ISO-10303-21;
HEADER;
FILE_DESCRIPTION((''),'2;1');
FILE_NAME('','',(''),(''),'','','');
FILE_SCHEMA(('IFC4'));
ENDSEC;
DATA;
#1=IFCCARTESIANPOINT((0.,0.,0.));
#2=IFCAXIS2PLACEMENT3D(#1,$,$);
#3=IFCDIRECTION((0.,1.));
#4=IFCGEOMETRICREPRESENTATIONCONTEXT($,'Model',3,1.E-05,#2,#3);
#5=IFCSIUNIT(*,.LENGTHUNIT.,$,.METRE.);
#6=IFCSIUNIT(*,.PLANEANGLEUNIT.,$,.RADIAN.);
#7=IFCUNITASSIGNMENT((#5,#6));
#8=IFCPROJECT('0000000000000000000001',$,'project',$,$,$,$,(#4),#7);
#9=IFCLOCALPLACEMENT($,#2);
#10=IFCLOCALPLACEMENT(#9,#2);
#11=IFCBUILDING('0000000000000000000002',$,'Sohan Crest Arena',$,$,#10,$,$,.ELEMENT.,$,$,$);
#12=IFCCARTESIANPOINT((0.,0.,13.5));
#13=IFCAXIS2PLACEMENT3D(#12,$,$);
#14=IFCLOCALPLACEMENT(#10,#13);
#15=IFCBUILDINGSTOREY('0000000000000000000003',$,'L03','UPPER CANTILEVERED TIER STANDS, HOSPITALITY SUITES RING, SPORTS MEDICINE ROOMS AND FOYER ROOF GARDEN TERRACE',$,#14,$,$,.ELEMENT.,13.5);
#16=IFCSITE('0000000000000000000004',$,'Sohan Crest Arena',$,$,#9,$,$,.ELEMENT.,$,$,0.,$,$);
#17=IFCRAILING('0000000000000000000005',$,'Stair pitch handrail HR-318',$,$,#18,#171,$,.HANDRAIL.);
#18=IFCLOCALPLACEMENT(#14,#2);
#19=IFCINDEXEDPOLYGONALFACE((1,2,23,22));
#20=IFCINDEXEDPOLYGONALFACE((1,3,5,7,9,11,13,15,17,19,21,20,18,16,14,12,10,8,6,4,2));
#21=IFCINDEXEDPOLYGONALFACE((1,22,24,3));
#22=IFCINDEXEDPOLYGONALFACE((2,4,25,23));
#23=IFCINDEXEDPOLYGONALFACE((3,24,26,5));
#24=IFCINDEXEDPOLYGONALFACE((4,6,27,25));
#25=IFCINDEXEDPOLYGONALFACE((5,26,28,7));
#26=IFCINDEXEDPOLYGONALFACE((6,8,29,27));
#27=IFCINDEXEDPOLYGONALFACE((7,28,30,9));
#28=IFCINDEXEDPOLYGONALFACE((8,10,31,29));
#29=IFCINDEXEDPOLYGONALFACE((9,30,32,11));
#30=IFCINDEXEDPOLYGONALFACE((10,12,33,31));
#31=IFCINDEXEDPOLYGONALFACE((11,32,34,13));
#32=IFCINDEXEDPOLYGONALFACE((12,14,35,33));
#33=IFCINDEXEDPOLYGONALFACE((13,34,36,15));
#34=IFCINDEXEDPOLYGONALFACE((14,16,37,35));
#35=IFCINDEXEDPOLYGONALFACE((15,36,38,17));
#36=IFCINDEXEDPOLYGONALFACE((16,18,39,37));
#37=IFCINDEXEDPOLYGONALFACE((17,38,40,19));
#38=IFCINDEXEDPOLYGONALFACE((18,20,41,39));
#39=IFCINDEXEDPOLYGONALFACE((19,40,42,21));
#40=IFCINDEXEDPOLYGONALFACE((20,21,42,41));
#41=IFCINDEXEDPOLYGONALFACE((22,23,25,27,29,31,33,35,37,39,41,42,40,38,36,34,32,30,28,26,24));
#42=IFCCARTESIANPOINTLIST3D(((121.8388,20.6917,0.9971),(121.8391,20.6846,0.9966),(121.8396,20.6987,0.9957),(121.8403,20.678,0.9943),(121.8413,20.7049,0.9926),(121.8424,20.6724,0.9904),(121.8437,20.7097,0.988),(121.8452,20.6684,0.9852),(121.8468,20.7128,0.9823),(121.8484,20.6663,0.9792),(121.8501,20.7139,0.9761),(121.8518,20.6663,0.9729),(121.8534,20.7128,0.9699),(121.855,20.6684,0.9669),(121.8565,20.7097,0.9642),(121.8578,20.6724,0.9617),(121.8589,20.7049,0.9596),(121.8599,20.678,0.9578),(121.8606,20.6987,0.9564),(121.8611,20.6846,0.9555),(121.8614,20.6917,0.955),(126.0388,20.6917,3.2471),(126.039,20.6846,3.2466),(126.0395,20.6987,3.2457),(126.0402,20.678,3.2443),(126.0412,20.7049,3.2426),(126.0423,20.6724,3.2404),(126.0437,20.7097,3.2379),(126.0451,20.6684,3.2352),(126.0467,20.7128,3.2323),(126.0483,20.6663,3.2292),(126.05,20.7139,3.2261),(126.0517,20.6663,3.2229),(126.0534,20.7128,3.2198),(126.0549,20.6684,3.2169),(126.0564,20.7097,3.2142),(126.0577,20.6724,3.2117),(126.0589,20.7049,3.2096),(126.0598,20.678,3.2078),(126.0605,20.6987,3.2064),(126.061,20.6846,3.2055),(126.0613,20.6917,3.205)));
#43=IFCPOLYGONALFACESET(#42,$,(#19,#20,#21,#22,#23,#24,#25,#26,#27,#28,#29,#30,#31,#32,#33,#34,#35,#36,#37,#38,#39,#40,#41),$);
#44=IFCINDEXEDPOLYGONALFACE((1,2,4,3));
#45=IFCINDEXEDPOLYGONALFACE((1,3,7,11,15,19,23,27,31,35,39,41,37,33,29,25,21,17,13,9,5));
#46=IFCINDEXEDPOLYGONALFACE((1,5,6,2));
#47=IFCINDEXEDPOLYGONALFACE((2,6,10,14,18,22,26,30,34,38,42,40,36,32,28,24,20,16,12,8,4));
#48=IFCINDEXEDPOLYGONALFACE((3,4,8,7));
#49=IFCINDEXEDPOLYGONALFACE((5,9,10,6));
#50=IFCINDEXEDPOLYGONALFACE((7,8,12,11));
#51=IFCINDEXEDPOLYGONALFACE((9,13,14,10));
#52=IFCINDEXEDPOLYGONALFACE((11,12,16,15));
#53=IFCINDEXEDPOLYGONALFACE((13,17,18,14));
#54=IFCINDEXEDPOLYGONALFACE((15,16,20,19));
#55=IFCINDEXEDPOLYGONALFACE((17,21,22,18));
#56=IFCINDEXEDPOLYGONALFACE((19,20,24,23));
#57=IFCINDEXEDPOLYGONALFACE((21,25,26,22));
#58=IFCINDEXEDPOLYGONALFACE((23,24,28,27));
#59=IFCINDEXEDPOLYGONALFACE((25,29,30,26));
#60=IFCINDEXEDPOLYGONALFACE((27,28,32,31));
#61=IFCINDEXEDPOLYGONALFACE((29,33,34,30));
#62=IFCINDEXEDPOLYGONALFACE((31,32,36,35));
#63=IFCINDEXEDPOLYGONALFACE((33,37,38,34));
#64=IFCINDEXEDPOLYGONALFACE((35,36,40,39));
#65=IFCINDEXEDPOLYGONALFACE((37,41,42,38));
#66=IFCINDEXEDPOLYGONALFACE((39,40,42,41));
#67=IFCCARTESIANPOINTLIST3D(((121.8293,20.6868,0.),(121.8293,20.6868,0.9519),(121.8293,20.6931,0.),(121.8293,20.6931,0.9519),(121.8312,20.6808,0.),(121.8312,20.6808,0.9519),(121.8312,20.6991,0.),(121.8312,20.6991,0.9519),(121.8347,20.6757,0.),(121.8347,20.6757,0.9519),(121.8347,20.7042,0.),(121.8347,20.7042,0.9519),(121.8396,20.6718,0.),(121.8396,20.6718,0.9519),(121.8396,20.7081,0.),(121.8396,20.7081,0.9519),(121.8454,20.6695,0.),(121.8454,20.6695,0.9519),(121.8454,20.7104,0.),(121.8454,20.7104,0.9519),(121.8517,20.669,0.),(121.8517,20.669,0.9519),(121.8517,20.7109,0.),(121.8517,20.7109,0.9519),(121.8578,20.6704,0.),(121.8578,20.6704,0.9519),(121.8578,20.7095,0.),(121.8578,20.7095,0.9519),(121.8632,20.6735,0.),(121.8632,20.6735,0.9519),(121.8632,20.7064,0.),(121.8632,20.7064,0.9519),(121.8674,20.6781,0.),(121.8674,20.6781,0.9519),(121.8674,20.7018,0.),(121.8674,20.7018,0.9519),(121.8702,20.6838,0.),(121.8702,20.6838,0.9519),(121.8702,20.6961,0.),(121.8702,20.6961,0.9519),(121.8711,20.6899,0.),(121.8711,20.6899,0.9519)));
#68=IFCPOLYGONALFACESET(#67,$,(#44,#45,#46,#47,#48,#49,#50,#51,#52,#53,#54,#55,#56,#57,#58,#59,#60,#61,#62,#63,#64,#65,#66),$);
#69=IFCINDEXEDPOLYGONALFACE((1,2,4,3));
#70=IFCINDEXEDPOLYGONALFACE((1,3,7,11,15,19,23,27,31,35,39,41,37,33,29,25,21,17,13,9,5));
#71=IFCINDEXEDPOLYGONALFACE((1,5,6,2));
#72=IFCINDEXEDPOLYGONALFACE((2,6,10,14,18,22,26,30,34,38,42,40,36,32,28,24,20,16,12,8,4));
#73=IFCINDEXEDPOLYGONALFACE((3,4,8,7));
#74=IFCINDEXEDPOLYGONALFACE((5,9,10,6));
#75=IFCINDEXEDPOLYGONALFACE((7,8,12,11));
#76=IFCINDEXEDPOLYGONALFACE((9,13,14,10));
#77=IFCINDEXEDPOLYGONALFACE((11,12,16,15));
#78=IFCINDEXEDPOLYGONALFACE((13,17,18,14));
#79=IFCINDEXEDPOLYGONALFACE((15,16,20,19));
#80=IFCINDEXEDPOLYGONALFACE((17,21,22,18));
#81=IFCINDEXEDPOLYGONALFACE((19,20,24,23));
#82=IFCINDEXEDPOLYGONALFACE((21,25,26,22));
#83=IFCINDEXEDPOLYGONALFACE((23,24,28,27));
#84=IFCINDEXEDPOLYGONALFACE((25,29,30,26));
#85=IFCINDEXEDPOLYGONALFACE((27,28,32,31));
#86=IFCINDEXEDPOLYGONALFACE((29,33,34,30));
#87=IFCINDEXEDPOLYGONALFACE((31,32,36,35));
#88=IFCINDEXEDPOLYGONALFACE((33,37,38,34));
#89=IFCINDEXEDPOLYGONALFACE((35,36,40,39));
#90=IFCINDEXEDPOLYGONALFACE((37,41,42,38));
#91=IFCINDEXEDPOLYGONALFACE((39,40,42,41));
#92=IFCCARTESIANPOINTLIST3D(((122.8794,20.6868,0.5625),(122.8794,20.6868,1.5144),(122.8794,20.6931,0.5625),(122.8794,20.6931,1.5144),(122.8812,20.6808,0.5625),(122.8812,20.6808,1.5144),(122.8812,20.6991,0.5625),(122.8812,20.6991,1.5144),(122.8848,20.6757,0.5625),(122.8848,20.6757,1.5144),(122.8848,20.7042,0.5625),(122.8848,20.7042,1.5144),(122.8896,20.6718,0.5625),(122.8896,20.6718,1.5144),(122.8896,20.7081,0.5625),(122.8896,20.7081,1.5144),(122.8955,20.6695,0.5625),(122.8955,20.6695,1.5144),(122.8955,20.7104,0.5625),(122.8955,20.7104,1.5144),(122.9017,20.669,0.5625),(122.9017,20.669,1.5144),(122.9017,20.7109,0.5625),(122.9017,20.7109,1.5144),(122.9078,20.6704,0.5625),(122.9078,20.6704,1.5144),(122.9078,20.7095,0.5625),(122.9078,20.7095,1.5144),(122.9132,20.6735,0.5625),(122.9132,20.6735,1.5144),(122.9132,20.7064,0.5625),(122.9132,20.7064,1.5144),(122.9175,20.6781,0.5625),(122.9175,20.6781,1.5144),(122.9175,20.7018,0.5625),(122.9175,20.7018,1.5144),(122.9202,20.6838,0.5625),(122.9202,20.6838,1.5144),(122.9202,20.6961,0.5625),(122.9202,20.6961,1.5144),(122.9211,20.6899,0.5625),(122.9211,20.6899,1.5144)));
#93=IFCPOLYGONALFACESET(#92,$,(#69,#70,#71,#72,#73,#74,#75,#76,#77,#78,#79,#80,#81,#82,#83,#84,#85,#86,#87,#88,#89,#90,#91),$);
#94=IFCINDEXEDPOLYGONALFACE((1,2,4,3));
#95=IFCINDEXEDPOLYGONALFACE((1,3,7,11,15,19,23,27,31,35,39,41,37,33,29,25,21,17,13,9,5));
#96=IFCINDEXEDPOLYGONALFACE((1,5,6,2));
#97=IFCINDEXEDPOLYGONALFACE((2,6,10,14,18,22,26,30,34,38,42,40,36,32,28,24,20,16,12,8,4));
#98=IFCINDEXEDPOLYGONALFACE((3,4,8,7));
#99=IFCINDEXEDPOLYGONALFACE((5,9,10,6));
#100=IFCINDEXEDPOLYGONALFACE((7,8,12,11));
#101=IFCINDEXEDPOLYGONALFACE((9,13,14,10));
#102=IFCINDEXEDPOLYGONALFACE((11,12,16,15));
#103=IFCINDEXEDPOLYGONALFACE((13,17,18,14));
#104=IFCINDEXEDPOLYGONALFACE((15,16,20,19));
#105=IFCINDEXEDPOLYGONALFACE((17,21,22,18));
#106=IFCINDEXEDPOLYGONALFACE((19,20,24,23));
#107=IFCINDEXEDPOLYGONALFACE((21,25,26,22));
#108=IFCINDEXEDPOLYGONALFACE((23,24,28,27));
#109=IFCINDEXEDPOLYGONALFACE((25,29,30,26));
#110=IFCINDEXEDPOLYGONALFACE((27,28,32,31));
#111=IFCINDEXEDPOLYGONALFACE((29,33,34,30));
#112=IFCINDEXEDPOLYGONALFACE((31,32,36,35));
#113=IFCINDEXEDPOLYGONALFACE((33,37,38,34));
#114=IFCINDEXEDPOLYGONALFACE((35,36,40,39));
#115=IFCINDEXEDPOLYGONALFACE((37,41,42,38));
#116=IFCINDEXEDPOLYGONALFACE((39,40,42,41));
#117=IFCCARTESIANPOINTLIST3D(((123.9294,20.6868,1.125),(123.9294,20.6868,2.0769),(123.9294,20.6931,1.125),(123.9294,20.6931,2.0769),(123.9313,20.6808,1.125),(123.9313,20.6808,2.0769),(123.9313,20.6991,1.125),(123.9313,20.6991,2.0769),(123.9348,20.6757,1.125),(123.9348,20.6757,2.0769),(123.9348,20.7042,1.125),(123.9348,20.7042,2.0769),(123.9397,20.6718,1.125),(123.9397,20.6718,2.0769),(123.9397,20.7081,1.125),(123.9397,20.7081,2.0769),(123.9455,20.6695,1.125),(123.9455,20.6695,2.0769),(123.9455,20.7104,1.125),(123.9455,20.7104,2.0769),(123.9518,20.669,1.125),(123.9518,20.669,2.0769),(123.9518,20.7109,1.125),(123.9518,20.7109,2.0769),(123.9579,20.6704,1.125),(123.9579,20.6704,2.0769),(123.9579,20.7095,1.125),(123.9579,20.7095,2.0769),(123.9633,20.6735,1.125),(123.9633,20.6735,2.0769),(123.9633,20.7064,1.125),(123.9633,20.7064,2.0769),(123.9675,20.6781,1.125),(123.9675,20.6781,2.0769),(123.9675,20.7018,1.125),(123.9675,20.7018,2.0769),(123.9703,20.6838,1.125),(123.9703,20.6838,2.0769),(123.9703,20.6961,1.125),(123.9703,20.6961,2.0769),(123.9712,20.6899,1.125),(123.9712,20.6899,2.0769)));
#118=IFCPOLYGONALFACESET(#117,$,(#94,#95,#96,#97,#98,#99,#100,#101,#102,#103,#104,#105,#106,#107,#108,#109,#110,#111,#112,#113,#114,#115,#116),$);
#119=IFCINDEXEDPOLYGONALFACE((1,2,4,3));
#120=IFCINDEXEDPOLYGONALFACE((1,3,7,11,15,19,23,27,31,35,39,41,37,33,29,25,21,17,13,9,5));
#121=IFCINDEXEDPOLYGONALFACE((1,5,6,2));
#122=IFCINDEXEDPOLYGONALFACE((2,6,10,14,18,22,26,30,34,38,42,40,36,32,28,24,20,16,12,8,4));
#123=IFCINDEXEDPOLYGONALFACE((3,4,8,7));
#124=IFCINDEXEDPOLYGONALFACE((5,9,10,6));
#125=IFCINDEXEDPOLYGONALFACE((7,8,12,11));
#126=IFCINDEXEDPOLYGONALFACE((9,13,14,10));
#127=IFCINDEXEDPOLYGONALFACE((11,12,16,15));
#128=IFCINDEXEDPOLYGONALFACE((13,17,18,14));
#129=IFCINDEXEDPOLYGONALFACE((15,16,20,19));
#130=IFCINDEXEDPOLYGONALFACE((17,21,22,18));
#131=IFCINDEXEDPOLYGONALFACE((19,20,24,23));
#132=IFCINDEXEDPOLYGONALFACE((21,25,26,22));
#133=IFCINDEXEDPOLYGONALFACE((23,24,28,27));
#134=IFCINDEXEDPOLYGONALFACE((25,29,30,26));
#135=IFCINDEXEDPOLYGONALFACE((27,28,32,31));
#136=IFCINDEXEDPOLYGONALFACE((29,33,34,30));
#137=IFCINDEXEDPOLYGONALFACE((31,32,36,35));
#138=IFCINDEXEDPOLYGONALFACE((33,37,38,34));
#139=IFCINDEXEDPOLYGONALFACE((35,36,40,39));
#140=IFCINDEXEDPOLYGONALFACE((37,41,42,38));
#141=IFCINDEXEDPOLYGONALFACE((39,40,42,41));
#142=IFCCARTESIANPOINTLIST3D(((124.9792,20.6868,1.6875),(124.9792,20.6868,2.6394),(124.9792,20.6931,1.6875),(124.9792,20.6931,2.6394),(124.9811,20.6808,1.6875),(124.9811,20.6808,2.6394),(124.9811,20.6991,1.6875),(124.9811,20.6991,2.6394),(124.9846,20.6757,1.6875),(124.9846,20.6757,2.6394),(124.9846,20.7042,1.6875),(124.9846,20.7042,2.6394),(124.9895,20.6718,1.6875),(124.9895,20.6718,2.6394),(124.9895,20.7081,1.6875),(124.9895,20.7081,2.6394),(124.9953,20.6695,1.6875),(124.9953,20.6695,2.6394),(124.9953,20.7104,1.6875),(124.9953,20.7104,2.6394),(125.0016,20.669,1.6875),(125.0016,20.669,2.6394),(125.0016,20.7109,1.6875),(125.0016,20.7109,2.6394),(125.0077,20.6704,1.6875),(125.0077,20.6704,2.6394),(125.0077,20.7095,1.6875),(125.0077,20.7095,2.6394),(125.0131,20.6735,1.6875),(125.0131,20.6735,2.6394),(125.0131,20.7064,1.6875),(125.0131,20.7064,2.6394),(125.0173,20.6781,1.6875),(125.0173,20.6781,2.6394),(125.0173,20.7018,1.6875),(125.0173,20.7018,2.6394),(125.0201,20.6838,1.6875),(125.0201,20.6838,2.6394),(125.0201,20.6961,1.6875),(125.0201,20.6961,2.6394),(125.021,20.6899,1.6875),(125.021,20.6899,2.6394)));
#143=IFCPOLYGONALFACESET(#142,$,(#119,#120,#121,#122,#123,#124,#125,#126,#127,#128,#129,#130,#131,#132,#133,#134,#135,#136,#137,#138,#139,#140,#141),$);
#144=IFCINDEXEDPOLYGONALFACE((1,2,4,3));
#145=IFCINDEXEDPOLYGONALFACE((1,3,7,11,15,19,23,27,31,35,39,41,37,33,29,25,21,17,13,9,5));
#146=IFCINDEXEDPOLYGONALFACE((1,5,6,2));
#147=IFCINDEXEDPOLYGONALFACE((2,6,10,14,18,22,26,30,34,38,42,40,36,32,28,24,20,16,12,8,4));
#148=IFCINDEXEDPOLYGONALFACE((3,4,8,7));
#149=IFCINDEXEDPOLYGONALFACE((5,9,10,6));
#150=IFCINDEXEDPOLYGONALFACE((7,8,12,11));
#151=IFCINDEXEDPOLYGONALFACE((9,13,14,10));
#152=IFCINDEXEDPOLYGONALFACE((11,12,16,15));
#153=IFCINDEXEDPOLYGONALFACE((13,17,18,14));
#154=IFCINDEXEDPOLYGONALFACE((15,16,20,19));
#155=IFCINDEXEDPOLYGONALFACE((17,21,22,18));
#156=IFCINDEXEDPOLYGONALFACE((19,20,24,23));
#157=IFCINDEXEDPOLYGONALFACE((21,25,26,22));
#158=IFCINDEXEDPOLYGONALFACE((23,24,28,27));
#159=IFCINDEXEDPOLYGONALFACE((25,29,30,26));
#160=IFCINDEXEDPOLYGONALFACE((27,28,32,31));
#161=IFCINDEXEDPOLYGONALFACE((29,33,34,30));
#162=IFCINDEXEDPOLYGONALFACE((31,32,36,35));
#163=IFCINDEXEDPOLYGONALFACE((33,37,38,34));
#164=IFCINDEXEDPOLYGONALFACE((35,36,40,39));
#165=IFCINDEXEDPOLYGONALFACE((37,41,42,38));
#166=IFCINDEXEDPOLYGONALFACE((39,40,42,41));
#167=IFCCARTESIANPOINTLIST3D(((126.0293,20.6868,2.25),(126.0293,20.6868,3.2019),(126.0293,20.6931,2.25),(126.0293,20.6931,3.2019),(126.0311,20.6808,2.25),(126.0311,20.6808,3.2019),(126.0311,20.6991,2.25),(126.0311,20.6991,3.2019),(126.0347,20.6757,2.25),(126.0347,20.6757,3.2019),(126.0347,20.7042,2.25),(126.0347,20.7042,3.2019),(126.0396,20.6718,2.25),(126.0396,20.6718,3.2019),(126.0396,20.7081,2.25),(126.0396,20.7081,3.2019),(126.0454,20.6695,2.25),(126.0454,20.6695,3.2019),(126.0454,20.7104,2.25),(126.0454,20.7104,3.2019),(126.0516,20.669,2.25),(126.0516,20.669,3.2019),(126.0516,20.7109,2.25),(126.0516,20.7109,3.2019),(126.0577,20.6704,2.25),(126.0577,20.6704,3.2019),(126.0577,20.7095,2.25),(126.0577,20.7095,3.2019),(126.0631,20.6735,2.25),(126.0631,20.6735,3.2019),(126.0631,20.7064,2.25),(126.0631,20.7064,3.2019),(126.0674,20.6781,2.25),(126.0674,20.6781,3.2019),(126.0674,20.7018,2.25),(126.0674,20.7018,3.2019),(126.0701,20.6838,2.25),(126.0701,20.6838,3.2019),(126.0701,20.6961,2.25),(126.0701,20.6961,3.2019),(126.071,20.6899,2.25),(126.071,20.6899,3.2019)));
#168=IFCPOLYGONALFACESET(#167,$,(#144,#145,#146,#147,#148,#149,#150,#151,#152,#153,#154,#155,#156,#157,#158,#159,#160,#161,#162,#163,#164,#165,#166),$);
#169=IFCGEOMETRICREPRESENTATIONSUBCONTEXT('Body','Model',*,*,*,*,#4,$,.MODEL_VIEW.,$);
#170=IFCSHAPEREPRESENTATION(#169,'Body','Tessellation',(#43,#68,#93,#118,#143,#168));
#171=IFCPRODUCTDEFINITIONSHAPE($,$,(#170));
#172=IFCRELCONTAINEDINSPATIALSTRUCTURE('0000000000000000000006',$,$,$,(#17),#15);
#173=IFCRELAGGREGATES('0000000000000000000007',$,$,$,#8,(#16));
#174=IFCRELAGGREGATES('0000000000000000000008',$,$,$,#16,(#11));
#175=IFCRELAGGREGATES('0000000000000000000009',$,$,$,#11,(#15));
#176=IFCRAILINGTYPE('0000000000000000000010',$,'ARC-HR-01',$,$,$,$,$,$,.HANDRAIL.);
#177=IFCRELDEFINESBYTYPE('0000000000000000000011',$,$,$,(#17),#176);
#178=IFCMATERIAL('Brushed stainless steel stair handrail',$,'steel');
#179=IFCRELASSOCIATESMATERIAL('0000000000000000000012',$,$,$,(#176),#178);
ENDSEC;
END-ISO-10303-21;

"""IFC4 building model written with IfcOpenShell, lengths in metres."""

from ifc_helpers import new_model, si_unit, direction, frame, origin, origin_2d, place, context, subcontext, project, spatial, circle, extrude, material, type_object, element, save


model = new_model("IFC4")

# Units and contexts
model_context = context("Model", 3, precision=1e-05, world=origin(), true_north=direction((0.0, 1.0)))
body_context = subcontext(model_context, "Body", "Model", "MODEL_VIEW")
ifc_project = project(units=[si_unit("LENGTHUNIT", "METRE"), si_unit("PLANEANGLEUNIT", "RADIAN")], contexts=[model_context])

# Site, building, storey
site_placement = place(None, origin())
site = spatial("IfcSite", under=ifc_project, at=site_placement, Name="Sohan Crest Arena", CompositionType="ELEMENT", RefElevation=0.0)
building_placement = place(site_placement, origin())
building = spatial("IfcBuilding", under=site, at=building_placement, Name="Sohan Crest Arena", CompositionType="ELEMENT")
storey_placement = place(building_placement, frame((0.0, 0.0, 13.5)))
storey = spatial("IfcBuildingStorey", under=building, at=storey_placement, Name="L03", Description="UPPER CANTILEVERED TIER STANDS, HOSPITALITY SUITES RING, SPORTS MEDICINE ROOMS AND FOYER ROOF GARDEN TERRACE", CompositionType="ELEMENT", Elevation=13.5)

# Railing
ifc_material_1 = material(Name="Brushed stainless steel stair handrail", Category="steel")
railing_type_1 = type_object("IfcRailingType", Name="ARC-HR-01", PredefinedType="HANDRAIL", material=ifc_material_1)
for number, where, name in (
    (1, (121.8501, 20.6899, 0.0), "Stair pitch handrail HR-318"),
):
    element("IfcRailing", number, at=place(storey_placement, frame(where)), inside=storey, type_object=railing_type_1, Name=name, PredefinedType="HANDRAIL", context=body_context, shape_type="SweptSolid", body=[
        extrude(circle(Radius=0.0239, at=origin_2d()), frame((0.0, 0.0, 0.9761), z_axis=(0.881478, 0.0, 0.472226), x_axis=(0.0, 1.0, 0.0)), (0.0, 0.0, 1.0), 4.7646),
        extrude(circle(Radius=0.021, at=origin_2d()), origin(), (0.0, 0.0, 1.0), 0.9519),
        extrude(circle(Radius=0.021, at=origin_2d()), frame((1.05, 0.0, 0.5625)), (0.0, 0.0, 1.0), 0.9519),
        extrude(circle(Radius=0.021, at=origin_2d()), frame((2.1001, 0.0, 1.125)), (0.0, 0.0, 1.0), 0.9519),
        extrude(circle(Radius=0.021, at=origin_2d()), frame((3.1499, 0.0, 1.6875)), (0.0, 0.0, 1.0), 0.9519),
        extrude(circle(Radius=0.021, at=origin_2d()), frame((4.2, 0.0, 2.25)), (0.0, 0.0, 1.0), 0.9519),
    ])

save(model, "model.ifc")
